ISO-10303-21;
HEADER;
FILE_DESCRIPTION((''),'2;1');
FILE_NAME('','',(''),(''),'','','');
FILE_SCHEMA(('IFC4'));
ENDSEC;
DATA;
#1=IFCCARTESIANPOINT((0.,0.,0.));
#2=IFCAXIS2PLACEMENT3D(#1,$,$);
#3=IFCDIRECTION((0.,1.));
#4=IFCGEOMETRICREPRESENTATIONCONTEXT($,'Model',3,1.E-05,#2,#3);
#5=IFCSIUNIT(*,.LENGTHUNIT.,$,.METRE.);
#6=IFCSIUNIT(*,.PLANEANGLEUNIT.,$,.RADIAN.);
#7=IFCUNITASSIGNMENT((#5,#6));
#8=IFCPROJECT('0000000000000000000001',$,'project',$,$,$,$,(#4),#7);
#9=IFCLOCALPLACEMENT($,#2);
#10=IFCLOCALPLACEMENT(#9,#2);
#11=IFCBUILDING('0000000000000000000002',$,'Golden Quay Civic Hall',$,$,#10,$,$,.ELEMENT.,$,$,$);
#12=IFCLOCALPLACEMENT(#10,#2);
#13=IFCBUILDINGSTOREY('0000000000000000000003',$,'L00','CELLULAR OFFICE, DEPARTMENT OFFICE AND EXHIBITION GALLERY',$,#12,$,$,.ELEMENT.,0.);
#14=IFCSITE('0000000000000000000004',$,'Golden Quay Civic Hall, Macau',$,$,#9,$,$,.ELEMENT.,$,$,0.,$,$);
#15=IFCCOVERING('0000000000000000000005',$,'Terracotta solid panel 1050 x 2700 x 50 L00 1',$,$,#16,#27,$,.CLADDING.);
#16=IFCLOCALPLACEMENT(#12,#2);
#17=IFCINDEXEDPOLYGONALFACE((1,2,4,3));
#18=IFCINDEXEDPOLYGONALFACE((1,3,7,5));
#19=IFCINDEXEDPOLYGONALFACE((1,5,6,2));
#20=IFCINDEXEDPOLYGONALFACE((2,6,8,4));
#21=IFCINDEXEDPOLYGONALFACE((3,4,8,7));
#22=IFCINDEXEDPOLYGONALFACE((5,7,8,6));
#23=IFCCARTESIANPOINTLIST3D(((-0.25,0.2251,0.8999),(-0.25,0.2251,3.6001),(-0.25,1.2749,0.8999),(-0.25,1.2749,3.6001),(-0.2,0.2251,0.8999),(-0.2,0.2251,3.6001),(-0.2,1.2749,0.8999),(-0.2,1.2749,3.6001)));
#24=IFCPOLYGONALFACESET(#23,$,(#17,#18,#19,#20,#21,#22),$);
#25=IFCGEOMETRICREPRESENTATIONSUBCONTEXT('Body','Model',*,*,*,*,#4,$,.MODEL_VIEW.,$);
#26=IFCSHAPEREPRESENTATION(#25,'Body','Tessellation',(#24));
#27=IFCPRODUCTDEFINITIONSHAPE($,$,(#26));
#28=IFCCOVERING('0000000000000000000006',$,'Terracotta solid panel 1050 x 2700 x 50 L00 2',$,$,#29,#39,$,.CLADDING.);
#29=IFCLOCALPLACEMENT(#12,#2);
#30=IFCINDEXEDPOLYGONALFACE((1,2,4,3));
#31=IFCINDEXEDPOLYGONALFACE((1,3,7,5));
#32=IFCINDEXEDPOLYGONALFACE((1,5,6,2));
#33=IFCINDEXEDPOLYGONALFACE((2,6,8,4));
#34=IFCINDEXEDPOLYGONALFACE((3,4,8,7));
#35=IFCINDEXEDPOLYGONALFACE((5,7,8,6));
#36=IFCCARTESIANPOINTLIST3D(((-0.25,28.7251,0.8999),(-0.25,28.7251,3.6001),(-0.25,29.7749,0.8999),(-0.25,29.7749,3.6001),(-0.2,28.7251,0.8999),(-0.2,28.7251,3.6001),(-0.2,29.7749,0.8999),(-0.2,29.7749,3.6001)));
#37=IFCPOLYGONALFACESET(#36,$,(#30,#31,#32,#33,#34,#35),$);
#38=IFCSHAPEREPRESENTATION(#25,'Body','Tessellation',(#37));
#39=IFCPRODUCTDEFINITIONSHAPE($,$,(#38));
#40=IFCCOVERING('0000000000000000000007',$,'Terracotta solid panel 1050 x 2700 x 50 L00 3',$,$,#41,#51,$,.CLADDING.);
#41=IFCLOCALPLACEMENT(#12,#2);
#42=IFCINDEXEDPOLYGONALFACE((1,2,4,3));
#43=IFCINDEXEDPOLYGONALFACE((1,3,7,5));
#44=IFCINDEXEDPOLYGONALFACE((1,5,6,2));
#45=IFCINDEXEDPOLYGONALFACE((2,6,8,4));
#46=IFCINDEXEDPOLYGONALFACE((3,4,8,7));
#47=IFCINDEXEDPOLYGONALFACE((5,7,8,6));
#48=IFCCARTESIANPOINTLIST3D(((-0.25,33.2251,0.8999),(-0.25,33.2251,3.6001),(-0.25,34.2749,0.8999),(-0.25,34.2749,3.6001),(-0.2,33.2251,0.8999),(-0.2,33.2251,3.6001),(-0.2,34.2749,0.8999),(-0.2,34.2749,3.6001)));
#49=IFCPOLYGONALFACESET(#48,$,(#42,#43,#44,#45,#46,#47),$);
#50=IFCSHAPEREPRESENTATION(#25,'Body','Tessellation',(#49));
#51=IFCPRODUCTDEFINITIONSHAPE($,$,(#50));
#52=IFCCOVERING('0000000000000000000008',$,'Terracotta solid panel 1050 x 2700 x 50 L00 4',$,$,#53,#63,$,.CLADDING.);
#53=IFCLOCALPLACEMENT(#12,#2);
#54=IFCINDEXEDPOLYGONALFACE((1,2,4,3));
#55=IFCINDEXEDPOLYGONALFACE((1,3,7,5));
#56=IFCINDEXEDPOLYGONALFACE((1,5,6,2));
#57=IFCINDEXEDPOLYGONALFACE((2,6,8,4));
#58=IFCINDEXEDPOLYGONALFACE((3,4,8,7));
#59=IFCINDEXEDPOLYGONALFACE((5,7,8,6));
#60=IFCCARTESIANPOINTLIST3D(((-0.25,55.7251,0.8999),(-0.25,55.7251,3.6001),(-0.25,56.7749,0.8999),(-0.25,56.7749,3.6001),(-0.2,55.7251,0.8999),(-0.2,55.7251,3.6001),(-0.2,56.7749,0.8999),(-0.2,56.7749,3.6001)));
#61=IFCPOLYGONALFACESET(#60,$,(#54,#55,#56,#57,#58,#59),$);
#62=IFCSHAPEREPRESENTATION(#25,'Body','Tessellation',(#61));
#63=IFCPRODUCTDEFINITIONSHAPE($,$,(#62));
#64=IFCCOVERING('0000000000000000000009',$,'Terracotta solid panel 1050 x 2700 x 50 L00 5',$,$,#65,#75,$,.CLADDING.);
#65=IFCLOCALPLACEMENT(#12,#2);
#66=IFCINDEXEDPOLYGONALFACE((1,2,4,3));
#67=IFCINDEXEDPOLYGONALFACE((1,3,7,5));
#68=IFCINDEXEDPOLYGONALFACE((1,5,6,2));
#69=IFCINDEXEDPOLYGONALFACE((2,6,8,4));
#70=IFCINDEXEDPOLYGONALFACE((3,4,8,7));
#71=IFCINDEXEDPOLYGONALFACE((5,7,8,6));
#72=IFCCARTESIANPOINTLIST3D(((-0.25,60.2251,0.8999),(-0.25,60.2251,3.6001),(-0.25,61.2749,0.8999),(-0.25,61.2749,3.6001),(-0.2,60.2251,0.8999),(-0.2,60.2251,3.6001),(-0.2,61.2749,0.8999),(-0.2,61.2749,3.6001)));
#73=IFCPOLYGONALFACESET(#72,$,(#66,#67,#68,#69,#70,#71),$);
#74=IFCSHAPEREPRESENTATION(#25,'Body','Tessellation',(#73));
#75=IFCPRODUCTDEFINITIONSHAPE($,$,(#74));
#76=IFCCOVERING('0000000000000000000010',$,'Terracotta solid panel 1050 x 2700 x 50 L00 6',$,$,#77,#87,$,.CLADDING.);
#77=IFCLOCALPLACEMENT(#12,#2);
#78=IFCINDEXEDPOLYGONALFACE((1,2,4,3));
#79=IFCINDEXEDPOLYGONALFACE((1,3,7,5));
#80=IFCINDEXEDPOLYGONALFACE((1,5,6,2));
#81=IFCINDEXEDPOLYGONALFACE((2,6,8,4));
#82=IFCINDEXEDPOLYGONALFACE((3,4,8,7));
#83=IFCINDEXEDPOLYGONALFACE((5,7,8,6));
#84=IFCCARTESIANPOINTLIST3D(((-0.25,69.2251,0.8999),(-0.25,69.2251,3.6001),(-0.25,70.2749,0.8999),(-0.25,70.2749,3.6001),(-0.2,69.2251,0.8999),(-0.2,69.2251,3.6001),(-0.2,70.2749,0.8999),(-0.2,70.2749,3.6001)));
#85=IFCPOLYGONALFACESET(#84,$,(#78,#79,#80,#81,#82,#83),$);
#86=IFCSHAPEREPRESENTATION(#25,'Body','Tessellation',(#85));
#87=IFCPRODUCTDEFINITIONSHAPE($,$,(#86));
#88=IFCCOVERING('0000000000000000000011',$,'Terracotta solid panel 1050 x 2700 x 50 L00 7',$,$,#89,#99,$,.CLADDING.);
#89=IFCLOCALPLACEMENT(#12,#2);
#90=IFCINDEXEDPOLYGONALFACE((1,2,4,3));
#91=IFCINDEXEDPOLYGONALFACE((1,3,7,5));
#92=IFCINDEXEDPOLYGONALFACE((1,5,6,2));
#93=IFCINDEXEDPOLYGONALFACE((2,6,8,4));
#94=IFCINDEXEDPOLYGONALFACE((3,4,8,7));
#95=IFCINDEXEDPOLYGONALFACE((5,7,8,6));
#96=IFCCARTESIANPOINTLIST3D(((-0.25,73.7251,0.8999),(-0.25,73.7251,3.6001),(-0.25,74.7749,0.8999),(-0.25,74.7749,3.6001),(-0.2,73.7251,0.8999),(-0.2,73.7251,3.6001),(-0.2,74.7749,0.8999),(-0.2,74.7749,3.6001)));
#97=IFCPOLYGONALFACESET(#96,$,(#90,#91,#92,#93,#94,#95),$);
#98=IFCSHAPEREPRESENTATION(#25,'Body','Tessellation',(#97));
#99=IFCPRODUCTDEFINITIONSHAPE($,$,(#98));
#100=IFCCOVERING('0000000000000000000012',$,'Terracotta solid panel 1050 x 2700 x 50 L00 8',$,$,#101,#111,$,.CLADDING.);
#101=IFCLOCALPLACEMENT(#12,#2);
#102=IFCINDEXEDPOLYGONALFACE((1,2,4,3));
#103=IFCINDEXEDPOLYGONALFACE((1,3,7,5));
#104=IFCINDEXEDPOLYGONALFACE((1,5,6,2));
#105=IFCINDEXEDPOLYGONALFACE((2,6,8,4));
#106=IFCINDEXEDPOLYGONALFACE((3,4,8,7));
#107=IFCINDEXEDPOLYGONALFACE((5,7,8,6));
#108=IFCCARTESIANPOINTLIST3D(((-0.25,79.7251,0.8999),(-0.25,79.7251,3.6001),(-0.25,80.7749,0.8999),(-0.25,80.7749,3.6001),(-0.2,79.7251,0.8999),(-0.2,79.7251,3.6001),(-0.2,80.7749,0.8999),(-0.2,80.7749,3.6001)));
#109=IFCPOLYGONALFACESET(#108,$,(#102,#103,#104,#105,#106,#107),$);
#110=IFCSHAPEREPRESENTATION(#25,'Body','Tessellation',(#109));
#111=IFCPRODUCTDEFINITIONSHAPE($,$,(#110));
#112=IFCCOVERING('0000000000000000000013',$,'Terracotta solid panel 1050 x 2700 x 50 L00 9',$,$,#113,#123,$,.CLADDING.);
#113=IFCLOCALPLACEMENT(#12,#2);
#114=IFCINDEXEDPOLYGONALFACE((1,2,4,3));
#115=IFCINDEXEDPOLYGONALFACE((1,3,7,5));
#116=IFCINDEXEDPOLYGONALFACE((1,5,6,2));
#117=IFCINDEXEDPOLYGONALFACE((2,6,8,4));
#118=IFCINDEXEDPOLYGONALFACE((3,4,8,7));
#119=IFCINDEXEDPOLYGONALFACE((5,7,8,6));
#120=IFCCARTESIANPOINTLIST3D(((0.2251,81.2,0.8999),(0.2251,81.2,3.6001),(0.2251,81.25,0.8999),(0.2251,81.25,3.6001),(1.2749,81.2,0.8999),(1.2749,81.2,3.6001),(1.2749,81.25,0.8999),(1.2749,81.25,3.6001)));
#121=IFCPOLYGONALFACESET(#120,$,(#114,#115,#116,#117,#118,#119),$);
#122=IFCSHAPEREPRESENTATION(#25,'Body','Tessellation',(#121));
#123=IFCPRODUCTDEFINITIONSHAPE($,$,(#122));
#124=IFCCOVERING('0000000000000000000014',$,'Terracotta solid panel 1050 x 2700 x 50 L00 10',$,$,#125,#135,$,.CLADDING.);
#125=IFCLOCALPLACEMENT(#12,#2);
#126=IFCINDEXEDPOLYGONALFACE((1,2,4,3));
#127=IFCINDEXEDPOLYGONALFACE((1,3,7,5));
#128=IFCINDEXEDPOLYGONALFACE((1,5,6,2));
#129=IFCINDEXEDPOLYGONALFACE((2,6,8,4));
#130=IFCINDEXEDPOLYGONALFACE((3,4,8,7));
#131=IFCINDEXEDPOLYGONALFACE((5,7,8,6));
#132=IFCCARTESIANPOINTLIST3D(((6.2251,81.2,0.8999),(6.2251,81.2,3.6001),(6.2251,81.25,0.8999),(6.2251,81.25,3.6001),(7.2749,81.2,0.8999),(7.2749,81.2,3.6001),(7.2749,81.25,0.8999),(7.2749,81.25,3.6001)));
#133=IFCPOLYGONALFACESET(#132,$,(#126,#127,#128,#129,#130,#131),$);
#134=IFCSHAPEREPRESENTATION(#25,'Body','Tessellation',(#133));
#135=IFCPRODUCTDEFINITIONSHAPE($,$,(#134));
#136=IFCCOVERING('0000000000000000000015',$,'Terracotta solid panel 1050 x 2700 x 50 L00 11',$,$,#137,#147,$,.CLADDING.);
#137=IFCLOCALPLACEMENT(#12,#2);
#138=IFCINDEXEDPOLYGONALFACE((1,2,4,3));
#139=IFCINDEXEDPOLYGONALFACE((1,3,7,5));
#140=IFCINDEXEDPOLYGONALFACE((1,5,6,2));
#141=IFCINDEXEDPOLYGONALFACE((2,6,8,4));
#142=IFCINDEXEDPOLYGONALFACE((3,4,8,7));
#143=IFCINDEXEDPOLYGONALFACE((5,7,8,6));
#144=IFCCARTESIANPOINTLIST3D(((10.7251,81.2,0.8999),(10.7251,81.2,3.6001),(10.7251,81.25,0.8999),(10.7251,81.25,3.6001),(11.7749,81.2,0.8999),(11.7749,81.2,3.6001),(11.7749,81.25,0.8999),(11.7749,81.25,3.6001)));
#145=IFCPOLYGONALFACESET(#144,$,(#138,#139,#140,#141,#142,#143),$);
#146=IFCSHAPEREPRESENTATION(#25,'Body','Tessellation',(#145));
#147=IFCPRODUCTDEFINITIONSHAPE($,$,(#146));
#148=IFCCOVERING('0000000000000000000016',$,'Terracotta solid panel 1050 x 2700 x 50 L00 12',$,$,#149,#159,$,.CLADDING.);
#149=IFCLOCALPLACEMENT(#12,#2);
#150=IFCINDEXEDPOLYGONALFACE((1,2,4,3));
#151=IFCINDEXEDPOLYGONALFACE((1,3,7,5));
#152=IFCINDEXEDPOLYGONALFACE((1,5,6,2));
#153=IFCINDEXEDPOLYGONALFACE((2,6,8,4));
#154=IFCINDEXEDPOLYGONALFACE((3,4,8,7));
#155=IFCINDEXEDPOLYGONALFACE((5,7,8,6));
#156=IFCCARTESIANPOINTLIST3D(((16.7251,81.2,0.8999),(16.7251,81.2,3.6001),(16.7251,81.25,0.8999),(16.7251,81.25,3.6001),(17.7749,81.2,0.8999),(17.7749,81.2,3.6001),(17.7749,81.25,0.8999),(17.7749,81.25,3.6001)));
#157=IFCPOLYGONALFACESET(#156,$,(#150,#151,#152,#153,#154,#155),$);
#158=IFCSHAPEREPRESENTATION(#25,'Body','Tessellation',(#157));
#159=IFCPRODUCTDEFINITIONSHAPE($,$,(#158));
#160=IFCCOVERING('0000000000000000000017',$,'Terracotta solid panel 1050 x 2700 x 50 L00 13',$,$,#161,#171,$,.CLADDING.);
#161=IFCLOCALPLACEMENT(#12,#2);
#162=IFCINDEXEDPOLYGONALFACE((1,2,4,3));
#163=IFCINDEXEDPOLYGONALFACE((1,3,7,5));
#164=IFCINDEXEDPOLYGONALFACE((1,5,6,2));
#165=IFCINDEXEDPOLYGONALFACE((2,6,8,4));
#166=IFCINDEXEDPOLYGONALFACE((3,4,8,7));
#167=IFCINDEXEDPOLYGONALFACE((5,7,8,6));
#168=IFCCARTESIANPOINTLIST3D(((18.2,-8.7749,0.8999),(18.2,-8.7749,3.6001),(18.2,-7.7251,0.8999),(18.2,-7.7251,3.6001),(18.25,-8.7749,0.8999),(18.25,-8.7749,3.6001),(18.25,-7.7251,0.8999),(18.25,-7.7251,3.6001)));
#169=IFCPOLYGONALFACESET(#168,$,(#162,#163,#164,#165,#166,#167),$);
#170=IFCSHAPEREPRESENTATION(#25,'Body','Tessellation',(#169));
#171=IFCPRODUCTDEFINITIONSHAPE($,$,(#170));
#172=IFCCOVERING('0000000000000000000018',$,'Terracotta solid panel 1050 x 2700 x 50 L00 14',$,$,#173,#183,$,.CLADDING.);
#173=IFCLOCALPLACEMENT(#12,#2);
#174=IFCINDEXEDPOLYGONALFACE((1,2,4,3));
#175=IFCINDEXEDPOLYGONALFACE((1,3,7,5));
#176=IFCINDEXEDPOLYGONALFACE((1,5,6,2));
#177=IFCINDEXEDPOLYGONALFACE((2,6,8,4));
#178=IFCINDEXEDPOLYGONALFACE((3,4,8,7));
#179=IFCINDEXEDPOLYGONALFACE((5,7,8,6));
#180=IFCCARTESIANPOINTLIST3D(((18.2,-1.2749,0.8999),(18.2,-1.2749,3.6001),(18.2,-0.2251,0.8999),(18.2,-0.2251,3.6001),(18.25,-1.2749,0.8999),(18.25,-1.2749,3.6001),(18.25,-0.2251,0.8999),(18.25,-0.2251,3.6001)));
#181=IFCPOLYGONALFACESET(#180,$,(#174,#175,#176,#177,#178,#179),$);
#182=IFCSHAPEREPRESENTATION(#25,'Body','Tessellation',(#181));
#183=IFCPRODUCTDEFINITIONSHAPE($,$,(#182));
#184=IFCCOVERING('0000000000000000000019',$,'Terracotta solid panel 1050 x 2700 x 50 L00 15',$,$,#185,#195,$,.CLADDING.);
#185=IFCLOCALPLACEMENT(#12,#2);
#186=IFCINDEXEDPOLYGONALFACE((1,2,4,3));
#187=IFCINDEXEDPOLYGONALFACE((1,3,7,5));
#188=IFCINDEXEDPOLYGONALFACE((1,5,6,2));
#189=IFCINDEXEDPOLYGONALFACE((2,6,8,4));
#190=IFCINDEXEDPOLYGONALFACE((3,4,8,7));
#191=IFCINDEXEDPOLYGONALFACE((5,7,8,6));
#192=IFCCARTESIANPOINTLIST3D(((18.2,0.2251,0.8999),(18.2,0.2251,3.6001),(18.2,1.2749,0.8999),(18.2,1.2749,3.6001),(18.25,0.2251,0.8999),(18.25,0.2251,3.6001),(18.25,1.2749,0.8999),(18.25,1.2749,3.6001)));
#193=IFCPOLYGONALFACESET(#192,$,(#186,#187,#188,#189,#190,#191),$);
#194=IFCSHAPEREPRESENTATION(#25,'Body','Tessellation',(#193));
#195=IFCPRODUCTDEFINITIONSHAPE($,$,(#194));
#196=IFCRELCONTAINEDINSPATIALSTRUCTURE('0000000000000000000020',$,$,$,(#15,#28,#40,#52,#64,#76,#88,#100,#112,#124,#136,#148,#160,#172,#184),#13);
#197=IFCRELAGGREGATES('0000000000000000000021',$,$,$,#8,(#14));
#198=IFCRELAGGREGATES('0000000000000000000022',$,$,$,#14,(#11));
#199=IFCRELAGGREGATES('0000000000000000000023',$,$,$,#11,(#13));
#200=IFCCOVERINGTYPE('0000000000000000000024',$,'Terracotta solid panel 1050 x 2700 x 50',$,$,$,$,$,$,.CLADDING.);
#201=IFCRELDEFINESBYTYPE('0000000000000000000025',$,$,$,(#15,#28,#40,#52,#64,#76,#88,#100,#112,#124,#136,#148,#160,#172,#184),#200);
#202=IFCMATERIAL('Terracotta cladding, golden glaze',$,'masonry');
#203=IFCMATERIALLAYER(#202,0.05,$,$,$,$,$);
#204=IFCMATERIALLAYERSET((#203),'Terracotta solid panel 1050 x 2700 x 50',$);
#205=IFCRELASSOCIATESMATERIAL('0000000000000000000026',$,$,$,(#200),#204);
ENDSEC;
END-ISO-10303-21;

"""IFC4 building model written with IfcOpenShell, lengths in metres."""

from ifc_helpers import new_model, si_unit, direction, frame, origin, place, context, subcontext, project, spatial, polyline, outline, extrude, material, layer, layer_set, type_object, element, save


model = new_model("IFC4")

# Units and contexts
model_context = context("Model", 3, precision=1e-05, world=origin(), true_north=direction((0.0, 1.0)))
body_context = subcontext(model_context, "Body", "Model", "MODEL_VIEW")
ifc_project = project(units=[si_unit("LENGTHUNIT", "METRE"), si_unit("PLANEANGLEUNIT", "RADIAN")], contexts=[model_context])

# Site, building, storey
site_placement = place(None, origin())
site = spatial("IfcSite", under=ifc_project, at=site_placement, Name="Golden Quay Civic Hall, Macau", CompositionType="ELEMENT", RefElevation=0.0)
building_placement = place(site_placement, origin())
building = spatial("IfcBuilding", under=site, at=building_placement, Name="Golden Quay Civic Hall", CompositionType="ELEMENT")
storey_placement = place(building_placement, origin())
storey = spatial("IfcBuildingStorey", under=building, at=storey_placement, Name="L00", Description="CELLULAR OFFICE, DEPARTMENT OFFICE AND EXHIBITION GALLERY", CompositionType="ELEMENT", Elevation=0.0)

# Coverings
ifc_material_1 = material(Name="Terracotta cladding, golden glaze", Category="masonry")
ifc_layer_1 = layer(ifc_material_1, 0.05)
ifc_layer_set_1 = layer_set([ifc_layer_1], Name="Terracotta solid panel 1050 x 2700 x 50")
covering_type = type_object("IfcCoveringType", Name="Terracotta solid panel 1050 x 2700 x 50", PredefinedType="CLADDING", material=ifc_layer_set_1)
covering_1_placement = place(storey_placement, frame((0.0, 0.0, 0.8999)))
element("IfcCovering", 1, at=covering_1_placement, inside=storey, type_object=covering_type, Name="Terracotta solid panel 1050 x 2700 x 50 L00 1", PredefinedType="CLADDING", context=body_context, shape_type="SweptSolid", body=[
    extrude(outline(polyline([(-0.2, 0.2251), (-0.2, 1.2749), (-0.25, 1.2749), (-0.25, 0.2251), (-0.2, 0.2251)])), origin(), (0.0, 0.0, 1.0), 2.7002),
])
covering_2_placement = place(storey_placement, frame((0.0, 0.0, 0.8999)))
element("IfcCovering", 2, at=covering_2_placement, inside=storey, type_object=covering_type, Name="Terracotta solid panel 1050 x 2700 x 50 L00 2", PredefinedType="CLADDING", context=body_context, shape_type="SweptSolid", body=[
    extrude(outline(polyline([(-0.2, 28.7251), (-0.2, 29.7749), (-0.25, 29.7749), (-0.25, 28.7251), (-0.2, 28.7251)])), origin(), (0.0, 0.0, 1.0), 2.7002),
])
covering_3_placement = place(storey_placement, frame((0.0, 0.0, 0.8999)))
element("IfcCovering", 3, at=covering_3_placement, inside=storey, type_object=covering_type, Name="Terracotta solid panel 1050 x 2700 x 50 L00 3", PredefinedType="CLADDING", context=body_context, shape_type="SweptSolid", body=[
    extrude(outline(polyline([(-0.2, 33.2251), (-0.2, 34.2749), (-0.25, 34.2749), (-0.25, 33.2251), (-0.2, 33.2251)])), origin(), (0.0, 0.0, 1.0), 2.7002),
])
covering_4_placement = place(storey_placement, frame((0.0, 0.0, 0.8999)))
element("IfcCovering", 4, at=covering_4_placement, inside=storey, type_object=covering_type, Name="Terracotta solid panel 1050 x 2700 x 50 L00 4", PredefinedType="CLADDING", context=body_context, shape_type="SweptSolid", body=[
    extrude(outline(polyline([(-0.2, 55.7251), (-0.2, 56.7749), (-0.25, 56.7749), (-0.25, 55.7251), (-0.2, 55.7251)])), origin(), (0.0, 0.0, 1.0), 2.7002),
])
covering_5_placement = place(storey_placement, frame((0.0, 0.0, 0.8999)))
element("IfcCovering", 5, at=covering_5_placement, inside=storey, type_object=covering_type, Name="Terracotta solid panel 1050 x 2700 x 50 L00 5", PredefinedType="CLADDING", context=body_context, shape_type="SweptSolid", body=[
    extrude(outline(polyline([(-0.2, 60.2251), (-0.2, 61.2749), (-0.25, 61.2749), (-0.25, 60.2251), (-0.2, 60.2251)])), origin(), (0.0, 0.0, 1.0), 2.7002),
])
covering_6_placement = place(storey_placement, frame((0.0, 0.0, 0.8999)))
element("IfcCovering", 6, at=covering_6_placement, inside=storey, type_object=covering_type, Name="Terracotta solid panel 1050 x 2700 x 50 L00 6", PredefinedType="CLADDING", context=body_context, shape_type="SweptSolid", body=[
    extrude(outline(polyline([(-0.2, 69.2251), (-0.2, 70.2749), (-0.25, 70.2749), (-0.25, 69.2251), (-0.2, 69.2251)])), origin(), (0.0, 0.0, 1.0), 2.7002),
])
covering_7_placement = place(storey_placement, frame((0.0, 0.0, 0.8999)))
element("IfcCovering", 7, at=covering_7_placement, inside=storey, type_object=covering_type, Name="Terracotta solid panel 1050 x 2700 x 50 L00 7", PredefinedType="CLADDING", context=body_context, shape_type="SweptSolid", body=[
    extrude(outline(polyline([(-0.2, 73.7251), (-0.2, 74.7749), (-0.25, 74.7749), (-0.25, 73.7251), (-0.2, 73.7251)])), origin(), (0.0, 0.0, 1.0), 2.7002),
])
covering_8_placement = place(storey_placement, frame((0.0, 0.0, 0.8999)))
element("IfcCovering", 8, at=covering_8_placement, inside=storey, type_object=covering_type, Name="Terracotta solid panel 1050 x 2700 x 50 L00 8", PredefinedType="CLADDING", context=body_context, shape_type="SweptSolid", body=[
    extrude(outline(polyline([(-0.2, 79.7251), (-0.2, 80.7749), (-0.25, 80.7749), (-0.25, 79.7251), (-0.2, 79.7251)])), origin(), (0.0, 0.0, 1.0), 2.7002),
])
covering_9_placement = place(storey_placement, frame((0.0, 0.0, 0.8999)))
element("IfcCovering", 9, at=covering_9_placement, inside=storey, type_object=covering_type, Name="Terracotta solid panel 1050 x 2700 x 50 L00 9", PredefinedType="CLADDING", context=body_context, shape_type="SweptSolid", body=[
    extrude(outline(polyline([(0.2251, 81.2), (1.2749, 81.2), (1.2749, 81.25), (0.2251, 81.25), (0.2251, 81.2)])), origin(), (0.0, 0.0, 1.0), 2.7002),
])
covering_10_placement = place(storey_placement, frame((0.0, 0.0, 0.8999)))
element("IfcCovering", 10, at=covering_10_placement, inside=storey, type_object=covering_type, Name="Terracotta solid panel 1050 x 2700 x 50 L00 10", PredefinedType="CLADDING", context=body_context, shape_type="SweptSolid", body=[
    extrude(outline(polyline([(6.2251, 81.2), (7.2749, 81.2), (7.2749, 81.25), (6.2251, 81.25), (6.2251, 81.2)])), origin(), (0.0, 0.0, 1.0), 2.7002),
])
covering_11_placement = place(storey_placement, frame((0.0, 0.0, 0.8999)))
element("IfcCovering", 11, at=covering_11_placement, inside=storey, type_object=covering_type, Name="Terracotta solid panel 1050 x 2700 x 50 L00 11", PredefinedType="CLADDING", context=body_context, shape_type="SweptSolid", body=[
    extrude(outline(polyline([(10.7251, 81.2), (11.7749, 81.2), (11.7749, 81.25), (10.7251, 81.25), (10.7251, 81.2)])), origin(), (0.0, 0.0, 1.0), 2.7002),
])
covering_12_placement = place(storey_placement, frame((0.0, 0.0, 0.8999)))
element("IfcCovering", 12, at=covering_12_placement, inside=storey, type_object=covering_type, Name="Terracotta solid panel 1050 x 2700 x 50 L00 12", PredefinedType="CLADDING", context=body_context, shape_type="SweptSolid", body=[
    extrude(outline(polyline([(16.7251, 81.2), (17.7749, 81.2), (17.7749, 81.25), (16.7251, 81.25), (16.7251, 81.2)])), origin(), (0.0, 0.0, 1.0), 2.7002),
])
covering_13_placement = place(storey_placement, frame((0.0, 0.0, 0.8999)))
element("IfcCovering", 13, at=covering_13_placement, inside=storey, type_object=covering_type, Name="Terracotta solid panel 1050 x 2700 x 50 L00 13", PredefinedType="CLADDING", context=body_context, shape_type="SweptSolid", body=[
    extrude(outline(polyline([(18.2, -8.7749), (18.2, -7.7251), (18.25, -7.7251), (18.25, -8.7749), (18.2, -8.7749)])), origin(), (0.0, 0.0, 1.0), 2.7002),
])
covering_14_placement = place(storey_placement, frame((0.0, 0.0, 0.8999)))
element("IfcCovering", 14, at=covering_14_placement, inside=storey, type_object=covering_type, Name="Terracotta solid panel 1050 x 2700 x 50 L00 14", PredefinedType="CLADDING", context=body_context, shape_type="SweptSolid", body=[
    extrude(outline(polyline([(18.2, -1.2749), (18.2, -0.2251), (18.25, -0.2251), (18.25, -1.2749), (18.2, -1.2749)])), origin(), (0.0, 0.0, 1.0), 2.7002),
])
covering_15_placement = place(storey_placement, frame((0.0, 0.0, 0.8999)))
element("IfcCovering", 15, at=covering_15_placement, inside=storey, type_object=covering_type, Name="Terracotta solid panel 1050 x 2700 x 50 L00 15", PredefinedType="CLADDING", context=body_context, shape_type="SweptSolid", body=[
    extrude(outline(polyline([(18.2, 0.2251), (18.2, 1.2749), (18.25, 1.2749), (18.25, 0.2251), (18.2, 0.2251)])), origin(), (0.0, 0.0, 1.0), 2.7002),
])

save(model, "model.ifc")
